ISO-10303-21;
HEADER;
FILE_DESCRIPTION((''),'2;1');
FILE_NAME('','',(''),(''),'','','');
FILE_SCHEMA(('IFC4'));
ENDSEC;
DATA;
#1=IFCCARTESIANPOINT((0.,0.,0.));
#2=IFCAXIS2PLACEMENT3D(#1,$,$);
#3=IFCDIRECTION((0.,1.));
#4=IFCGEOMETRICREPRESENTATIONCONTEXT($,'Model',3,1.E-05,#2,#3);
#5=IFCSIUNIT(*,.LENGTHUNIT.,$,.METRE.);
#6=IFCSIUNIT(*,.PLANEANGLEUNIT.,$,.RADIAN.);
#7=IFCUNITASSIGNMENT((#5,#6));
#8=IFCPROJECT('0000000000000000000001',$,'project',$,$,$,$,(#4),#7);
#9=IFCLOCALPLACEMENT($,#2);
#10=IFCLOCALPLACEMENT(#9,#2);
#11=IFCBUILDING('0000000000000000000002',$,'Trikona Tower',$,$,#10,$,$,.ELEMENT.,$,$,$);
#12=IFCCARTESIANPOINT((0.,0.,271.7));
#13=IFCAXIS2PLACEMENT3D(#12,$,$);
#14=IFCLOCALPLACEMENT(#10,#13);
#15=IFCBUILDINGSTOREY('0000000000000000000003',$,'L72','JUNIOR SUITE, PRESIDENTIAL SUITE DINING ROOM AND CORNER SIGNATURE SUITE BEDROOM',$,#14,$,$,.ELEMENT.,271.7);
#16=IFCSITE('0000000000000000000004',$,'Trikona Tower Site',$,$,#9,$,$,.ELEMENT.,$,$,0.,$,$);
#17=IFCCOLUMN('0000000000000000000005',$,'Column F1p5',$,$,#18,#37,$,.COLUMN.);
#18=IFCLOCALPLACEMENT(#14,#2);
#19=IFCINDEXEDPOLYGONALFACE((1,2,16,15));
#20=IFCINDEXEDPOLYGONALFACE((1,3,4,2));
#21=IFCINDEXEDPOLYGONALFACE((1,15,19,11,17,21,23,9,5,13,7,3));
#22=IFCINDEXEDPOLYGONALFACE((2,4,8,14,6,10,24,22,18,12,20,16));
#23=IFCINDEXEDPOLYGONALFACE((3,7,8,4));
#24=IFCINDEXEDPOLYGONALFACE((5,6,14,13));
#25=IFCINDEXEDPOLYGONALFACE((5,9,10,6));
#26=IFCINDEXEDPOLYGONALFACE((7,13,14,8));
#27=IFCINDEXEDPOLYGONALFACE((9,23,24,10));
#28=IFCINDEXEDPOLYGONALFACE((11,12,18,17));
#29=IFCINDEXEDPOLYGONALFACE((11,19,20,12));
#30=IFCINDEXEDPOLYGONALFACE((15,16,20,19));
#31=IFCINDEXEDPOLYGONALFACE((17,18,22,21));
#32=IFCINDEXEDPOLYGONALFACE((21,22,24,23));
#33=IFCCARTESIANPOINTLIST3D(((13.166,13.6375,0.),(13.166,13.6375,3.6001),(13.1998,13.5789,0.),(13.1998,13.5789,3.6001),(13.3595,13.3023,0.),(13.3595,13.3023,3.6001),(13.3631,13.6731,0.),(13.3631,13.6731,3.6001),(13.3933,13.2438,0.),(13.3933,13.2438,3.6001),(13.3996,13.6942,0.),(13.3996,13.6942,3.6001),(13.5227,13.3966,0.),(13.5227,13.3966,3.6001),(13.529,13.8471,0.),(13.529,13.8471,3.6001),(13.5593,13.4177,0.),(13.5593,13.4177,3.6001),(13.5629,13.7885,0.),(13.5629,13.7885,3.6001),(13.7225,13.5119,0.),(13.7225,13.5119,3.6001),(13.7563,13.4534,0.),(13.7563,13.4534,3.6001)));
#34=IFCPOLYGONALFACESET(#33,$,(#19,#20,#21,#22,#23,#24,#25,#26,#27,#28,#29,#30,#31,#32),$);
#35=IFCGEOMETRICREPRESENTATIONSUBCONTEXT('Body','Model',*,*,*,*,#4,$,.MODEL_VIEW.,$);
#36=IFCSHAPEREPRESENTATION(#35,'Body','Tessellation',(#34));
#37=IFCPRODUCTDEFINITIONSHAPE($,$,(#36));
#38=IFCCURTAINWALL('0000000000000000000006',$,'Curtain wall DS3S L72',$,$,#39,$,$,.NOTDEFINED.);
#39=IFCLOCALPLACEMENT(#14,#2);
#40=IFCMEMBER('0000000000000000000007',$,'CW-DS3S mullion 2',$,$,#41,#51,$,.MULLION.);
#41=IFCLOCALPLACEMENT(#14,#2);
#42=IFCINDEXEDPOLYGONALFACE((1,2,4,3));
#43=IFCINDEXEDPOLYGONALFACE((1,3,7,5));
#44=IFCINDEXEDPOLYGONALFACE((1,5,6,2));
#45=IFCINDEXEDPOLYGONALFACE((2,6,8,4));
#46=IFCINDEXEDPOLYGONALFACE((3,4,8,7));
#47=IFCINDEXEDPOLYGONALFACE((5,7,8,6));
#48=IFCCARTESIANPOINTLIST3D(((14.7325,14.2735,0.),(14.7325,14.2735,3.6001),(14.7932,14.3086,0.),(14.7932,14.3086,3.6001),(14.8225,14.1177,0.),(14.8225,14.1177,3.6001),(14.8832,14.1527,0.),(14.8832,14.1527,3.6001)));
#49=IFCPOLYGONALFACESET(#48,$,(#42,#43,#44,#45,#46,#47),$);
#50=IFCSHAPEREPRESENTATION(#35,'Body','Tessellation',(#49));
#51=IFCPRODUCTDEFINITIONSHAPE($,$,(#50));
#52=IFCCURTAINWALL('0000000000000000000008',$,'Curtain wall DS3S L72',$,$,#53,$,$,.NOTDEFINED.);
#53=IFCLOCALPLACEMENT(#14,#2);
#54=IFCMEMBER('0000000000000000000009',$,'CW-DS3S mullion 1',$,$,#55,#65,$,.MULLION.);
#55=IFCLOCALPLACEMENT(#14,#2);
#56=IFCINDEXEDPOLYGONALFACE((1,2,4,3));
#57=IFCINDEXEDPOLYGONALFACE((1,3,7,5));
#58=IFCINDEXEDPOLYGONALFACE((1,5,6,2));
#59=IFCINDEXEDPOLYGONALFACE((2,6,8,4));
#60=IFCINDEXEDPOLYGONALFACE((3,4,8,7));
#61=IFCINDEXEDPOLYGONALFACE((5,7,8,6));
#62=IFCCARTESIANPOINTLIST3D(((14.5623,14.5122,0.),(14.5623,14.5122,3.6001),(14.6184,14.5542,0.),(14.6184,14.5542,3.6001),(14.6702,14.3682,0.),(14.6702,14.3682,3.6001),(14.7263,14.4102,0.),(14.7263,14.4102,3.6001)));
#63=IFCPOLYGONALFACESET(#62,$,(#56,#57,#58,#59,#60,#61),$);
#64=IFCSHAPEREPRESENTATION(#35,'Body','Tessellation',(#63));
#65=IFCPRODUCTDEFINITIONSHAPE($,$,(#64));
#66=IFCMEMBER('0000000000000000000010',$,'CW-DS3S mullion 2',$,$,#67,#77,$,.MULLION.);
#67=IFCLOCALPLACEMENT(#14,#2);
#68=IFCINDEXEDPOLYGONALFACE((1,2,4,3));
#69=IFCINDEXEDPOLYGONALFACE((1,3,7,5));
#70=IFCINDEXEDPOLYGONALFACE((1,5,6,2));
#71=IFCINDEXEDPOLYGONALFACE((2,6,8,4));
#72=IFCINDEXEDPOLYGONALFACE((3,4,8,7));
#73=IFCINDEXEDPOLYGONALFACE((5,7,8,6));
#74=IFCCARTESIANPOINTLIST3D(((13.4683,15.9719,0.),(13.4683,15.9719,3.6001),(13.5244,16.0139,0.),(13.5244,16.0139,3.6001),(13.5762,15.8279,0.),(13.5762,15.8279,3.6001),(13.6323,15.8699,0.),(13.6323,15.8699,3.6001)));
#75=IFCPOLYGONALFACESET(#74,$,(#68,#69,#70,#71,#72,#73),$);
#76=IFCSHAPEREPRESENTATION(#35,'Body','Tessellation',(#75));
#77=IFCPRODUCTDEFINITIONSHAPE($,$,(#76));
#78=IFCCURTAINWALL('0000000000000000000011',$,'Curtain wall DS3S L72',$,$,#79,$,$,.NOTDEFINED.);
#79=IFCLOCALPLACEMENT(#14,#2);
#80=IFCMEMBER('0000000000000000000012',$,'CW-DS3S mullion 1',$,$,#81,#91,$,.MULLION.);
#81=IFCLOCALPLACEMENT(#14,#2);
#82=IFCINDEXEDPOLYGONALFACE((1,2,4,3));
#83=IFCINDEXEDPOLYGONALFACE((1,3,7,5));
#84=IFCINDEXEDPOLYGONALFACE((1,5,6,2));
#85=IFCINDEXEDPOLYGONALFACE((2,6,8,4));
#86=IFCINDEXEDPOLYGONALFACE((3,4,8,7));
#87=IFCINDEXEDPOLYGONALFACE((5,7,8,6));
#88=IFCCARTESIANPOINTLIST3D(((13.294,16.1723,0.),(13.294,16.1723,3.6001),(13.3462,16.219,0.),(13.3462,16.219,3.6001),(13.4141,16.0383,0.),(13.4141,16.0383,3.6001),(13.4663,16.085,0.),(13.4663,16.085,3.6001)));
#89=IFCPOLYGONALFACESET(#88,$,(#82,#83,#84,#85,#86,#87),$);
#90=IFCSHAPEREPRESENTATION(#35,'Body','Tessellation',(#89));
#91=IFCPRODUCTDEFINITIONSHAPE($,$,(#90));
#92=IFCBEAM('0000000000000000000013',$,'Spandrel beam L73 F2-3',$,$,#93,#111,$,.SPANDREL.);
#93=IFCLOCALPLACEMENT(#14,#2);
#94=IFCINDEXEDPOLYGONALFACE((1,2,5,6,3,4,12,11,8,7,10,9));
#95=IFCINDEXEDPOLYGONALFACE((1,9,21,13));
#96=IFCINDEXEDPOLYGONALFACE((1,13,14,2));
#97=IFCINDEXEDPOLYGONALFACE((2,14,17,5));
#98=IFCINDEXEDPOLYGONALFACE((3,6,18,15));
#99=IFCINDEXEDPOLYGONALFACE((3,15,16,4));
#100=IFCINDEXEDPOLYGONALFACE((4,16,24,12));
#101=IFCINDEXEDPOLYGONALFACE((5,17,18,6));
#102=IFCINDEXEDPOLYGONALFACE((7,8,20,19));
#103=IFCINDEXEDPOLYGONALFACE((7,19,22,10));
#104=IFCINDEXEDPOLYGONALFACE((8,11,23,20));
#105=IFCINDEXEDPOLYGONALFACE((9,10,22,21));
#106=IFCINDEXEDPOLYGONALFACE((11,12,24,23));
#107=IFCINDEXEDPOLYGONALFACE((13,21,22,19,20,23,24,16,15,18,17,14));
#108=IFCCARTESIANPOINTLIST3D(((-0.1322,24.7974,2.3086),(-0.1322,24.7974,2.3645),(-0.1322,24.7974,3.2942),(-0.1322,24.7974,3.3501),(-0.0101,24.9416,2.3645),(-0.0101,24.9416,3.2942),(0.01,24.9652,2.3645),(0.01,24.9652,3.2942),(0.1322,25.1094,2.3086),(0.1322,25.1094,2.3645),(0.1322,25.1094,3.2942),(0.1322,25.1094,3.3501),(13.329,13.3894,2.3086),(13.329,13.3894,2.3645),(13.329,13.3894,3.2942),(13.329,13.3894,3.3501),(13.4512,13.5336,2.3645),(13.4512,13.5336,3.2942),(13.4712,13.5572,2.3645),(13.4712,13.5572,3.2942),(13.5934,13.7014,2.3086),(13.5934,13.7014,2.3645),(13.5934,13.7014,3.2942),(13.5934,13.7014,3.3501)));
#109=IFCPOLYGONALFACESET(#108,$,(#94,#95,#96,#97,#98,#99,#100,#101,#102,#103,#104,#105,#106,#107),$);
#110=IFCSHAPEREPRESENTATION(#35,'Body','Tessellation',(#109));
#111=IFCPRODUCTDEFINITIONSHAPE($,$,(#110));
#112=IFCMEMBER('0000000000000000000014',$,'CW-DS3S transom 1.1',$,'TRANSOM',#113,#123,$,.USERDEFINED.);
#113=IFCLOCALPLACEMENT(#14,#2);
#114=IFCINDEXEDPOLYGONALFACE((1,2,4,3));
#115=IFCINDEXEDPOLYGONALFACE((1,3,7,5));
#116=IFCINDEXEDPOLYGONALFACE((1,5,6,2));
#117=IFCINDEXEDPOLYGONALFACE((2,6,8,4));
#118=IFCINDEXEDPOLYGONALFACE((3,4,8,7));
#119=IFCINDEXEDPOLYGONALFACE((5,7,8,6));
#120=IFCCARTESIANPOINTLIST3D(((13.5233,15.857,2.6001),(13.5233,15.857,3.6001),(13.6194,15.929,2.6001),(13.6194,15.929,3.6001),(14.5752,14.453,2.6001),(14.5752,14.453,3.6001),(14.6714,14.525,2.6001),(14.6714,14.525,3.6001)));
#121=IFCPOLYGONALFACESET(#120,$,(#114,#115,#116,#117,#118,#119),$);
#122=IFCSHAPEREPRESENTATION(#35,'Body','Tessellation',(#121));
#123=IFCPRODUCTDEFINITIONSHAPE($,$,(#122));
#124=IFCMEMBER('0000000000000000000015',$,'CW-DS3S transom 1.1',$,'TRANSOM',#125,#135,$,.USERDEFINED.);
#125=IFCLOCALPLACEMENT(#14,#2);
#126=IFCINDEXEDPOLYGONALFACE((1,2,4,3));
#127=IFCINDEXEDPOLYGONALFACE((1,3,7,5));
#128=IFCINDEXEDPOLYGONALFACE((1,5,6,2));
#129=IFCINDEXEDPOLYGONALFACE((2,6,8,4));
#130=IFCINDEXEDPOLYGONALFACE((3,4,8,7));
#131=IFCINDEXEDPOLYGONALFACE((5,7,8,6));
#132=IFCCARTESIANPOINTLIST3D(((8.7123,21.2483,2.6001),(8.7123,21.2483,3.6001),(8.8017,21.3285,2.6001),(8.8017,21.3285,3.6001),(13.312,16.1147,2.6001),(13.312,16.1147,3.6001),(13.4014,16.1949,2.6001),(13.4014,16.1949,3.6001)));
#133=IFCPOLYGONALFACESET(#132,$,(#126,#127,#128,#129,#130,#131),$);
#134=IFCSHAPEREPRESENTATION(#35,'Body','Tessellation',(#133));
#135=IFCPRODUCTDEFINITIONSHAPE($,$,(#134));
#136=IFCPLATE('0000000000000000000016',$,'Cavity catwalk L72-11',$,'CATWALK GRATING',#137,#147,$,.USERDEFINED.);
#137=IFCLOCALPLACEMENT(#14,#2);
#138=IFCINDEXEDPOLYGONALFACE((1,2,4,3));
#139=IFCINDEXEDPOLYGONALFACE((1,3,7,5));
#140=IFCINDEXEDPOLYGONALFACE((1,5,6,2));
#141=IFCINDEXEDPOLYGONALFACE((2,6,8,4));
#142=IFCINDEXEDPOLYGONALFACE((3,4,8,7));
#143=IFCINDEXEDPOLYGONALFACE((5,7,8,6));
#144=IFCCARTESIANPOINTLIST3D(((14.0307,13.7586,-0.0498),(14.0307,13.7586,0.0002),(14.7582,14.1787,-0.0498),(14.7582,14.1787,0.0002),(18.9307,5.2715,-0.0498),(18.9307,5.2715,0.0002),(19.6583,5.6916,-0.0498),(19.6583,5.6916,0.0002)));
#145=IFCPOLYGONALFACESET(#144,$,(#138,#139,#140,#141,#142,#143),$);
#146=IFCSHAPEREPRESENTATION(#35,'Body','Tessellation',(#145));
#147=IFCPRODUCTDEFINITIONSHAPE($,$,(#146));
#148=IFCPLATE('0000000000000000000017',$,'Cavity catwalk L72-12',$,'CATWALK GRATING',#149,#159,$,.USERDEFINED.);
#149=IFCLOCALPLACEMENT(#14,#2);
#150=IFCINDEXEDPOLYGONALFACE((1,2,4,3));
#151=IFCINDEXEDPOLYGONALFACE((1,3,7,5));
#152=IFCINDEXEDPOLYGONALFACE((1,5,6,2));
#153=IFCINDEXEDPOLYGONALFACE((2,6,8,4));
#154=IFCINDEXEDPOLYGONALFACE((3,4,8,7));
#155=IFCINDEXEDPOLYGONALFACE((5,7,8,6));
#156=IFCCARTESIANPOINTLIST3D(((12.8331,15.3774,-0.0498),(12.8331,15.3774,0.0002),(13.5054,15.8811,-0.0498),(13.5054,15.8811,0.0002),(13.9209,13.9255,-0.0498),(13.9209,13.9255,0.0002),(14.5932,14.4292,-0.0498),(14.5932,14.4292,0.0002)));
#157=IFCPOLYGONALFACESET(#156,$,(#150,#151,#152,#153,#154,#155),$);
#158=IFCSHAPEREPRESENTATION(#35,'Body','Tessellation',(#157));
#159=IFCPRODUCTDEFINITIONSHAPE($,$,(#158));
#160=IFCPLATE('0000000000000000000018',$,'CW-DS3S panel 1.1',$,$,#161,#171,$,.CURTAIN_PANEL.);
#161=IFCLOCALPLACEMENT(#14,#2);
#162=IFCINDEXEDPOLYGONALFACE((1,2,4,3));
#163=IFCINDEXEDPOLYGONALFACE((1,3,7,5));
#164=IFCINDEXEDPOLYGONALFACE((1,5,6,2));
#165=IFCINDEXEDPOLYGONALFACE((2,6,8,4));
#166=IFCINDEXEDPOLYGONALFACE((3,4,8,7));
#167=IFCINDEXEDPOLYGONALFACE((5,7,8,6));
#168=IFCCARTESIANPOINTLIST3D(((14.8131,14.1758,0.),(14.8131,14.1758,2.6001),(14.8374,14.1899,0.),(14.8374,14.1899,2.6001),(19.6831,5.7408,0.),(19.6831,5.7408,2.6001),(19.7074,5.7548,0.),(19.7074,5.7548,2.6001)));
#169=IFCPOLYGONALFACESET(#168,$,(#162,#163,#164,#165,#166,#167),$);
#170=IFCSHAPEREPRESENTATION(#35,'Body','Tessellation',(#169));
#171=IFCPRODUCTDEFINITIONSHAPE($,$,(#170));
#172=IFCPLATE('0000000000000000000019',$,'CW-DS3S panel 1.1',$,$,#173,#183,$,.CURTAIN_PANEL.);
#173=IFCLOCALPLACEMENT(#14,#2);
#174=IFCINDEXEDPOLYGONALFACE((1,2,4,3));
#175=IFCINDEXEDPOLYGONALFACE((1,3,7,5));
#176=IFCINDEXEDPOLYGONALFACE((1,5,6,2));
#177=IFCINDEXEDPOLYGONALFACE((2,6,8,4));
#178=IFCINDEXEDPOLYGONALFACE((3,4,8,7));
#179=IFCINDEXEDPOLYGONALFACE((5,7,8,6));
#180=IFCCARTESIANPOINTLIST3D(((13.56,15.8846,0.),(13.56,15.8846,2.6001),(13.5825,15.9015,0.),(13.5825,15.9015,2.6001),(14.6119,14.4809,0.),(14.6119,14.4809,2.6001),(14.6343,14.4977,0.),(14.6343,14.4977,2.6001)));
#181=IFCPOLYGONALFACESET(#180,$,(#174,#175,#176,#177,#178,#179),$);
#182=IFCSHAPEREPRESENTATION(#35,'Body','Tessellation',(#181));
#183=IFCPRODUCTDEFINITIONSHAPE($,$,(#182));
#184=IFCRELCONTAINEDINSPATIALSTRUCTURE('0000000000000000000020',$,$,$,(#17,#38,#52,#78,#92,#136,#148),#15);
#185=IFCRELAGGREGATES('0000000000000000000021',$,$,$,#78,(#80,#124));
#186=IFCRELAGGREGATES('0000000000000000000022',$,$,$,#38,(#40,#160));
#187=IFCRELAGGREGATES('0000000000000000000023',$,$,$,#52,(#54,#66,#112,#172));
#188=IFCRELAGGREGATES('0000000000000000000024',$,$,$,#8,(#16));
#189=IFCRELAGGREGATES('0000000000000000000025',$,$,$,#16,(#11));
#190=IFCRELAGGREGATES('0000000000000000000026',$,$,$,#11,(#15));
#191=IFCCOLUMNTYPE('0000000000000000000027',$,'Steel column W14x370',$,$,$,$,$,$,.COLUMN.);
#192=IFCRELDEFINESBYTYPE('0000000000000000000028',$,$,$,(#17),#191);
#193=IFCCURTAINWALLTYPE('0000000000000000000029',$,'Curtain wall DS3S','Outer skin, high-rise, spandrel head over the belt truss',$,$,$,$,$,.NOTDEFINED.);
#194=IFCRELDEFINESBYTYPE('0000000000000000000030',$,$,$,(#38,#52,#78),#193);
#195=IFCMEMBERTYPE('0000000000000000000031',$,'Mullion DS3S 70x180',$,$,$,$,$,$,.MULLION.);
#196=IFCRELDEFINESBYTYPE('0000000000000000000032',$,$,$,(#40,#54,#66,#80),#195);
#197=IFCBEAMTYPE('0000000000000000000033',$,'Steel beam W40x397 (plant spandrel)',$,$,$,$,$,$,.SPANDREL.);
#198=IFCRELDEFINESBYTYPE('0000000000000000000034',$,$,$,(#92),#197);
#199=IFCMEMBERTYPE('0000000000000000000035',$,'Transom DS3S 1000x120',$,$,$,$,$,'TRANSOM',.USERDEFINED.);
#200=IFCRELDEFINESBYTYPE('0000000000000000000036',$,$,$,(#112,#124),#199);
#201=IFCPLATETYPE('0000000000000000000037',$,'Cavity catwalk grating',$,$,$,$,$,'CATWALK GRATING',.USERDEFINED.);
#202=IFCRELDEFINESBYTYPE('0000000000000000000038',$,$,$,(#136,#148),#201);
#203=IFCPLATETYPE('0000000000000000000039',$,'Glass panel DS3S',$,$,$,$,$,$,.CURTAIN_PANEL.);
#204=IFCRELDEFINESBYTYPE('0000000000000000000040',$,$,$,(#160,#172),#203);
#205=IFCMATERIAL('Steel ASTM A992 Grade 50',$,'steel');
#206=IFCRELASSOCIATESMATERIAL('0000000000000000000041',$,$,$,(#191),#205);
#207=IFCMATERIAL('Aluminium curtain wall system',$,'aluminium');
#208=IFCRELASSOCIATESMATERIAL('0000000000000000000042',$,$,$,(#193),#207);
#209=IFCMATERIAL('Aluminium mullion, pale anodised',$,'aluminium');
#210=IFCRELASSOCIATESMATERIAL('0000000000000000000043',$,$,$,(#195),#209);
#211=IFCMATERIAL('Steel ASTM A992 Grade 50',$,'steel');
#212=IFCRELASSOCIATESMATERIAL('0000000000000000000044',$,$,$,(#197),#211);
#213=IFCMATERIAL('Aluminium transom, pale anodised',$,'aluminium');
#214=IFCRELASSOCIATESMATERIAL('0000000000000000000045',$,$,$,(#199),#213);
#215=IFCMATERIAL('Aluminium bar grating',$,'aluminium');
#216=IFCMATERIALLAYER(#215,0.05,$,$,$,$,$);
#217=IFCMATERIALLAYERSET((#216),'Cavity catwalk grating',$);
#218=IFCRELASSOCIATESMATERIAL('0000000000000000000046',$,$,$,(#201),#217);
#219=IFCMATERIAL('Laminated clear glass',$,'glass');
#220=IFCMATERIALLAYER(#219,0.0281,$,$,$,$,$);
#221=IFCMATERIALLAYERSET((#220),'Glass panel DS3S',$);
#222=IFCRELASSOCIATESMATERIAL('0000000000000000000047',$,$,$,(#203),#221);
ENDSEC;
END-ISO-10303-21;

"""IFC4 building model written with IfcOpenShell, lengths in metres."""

from ifc_helpers import new_model, si_unit, direction, frame, origin, origin_2d, place, context, subcontext, project, spatial, rectangle, i_section, extrude, material, layer, layer_set, material_profile, profile_set, type_object, element, aggregate, save


model = new_model("IFC4")

# Units and contexts
model_context = context("Model", 3, precision=1e-05, world=origin(), true_north=direction((0.0, 1.0)))
body_context = subcontext(model_context, "Body", "Model", "MODEL_VIEW")
ifc_project = project(units=[si_unit("LENGTHUNIT", "METRE"), si_unit("PLANEANGLEUNIT", "RADIAN")], contexts=[model_context])

# Site, building, storey
site_placement = place(None, origin())
site = spatial("IfcSite", under=ifc_project, at=site_placement, Name="Trikona Tower Site", CompositionType="ELEMENT", RefElevation=0.0)
building_placement = place(site_placement, origin())
building = spatial("IfcBuilding", under=site, at=building_placement, Name="Trikona Tower", CompositionType="ELEMENT")
storey_placement = place(building_placement, frame((0.0, 0.0, 271.7)))
storey = spatial("IfcBuildingStorey", under=building, at=storey_placement, Name="L72", Description="JUNIOR SUITE, PRESIDENTIAL SUITE DINING ROOM AND CORNER SIGNATURE SUITE BEDROOM", CompositionType="ELEMENT", Elevation=271.7)

# Column
ifc_material_1 = material(Name="Steel ASTM A992 Grade 50", Category="steel")
ifc_material_profile_1 = material_profile(ifc_material_1, i_section(OverallWidth=0.4192, OverallDepth=0.4546, WebThickness=0.0422, FlangeThickness=0.0676, at=origin_2d()), Name="W14X370")
ifc_profile_set_1 = profile_set([ifc_material_profile_1], Name="Steel ASTM A992 Grade 50")
column_type = type_object("IfcColumnType", Name="Steel column W14x370", PredefinedType="COLUMN", material=ifc_profile_set_1)
column_placement = place(storey_placement, frame((13.4612, 13.5454, 0.0), z_axis=(0.0, 0.0, 1.0), x_axis=(0.866025, 0.5, 0.0)))
element("IfcColumn", 1, at=column_placement, inside=storey, type_object=column_type, Name="Column F1p5", PredefinedType="COLUMN", context=body_context, shape_type="SweptSolid", body=[
    extrude(i_section(OverallWidth=0.4192, OverallDepth=0.4546, WebThickness=0.0422, FlangeThickness=0.0676, at=origin_2d()), origin(), (0.0, 0.0, 1.0), 3.6001),
])

# Curtain wall, member
ifc_material_2 = material(Name="Aluminium curtain wall system", Category="aluminium")
curtain_wall_type = type_object("IfcCurtainWallType", Name="Curtain wall DS3S", Description="Outer skin, high-rise, spandrel head over the belt truss", PredefinedType="NOTDEFINED", material=ifc_material_2)
curtain_wall_1_placement = place(storey_placement, origin())
curtain_wall_1 = element("IfcCurtainWall", 2, at=curtain_wall_1_placement, inside=storey, type_object=curtain_wall_type, Name="Curtain wall DS3S L72", PredefinedType="NOTDEFINED")
ifc_material_3 = material(Name="Aluminium mullion, pale anodised", Category="aluminium")
ifc_material_profile_2 = material_profile(ifc_material_3, rectangle(XDim=0.0701, YDim=0.1799, at=origin_2d()), Name="MUL-DS3S")
ifc_profile_set_2 = profile_set([ifc_material_profile_2], Name="Aluminium mullion, pale anodised")
member_type_1 = type_object("IfcMemberType", Name="Mullion DS3S 70x180", PredefinedType="MULLION", material=ifc_profile_set_2)
member_1_placement = place(storey_placement, frame((14.8079, 14.2131, 0.0), z_axis=(0.0, 0.0, 1.0), x_axis=(-0.866025, -0.500001, 0.0)))
member_1 = element("IfcMember", 3, at=member_1_placement, type_object=member_type_1, Name="CW-DS3S mullion 2", PredefinedType="MULLION", context=body_context, shape_type="SweptSolid", body=[
    extrude(rectangle(XDim=0.0701, YDim=0.1799, at=origin_2d()), origin(), (0.0, 0.0, 1.0), 3.6001),
])

# Curtain wall, members
curtain_wall_2_placement = place(storey_placement, origin())
curtain_wall_2 = element("IfcCurtainWall", 4, at=curtain_wall_2_placement, inside=storey, type_object=curtain_wall_type, Name="Curtain wall DS3S L72", PredefinedType="NOTDEFINED")
member_2_placement = place(storey_placement, frame((14.6443, 14.4612, 0.0), z_axis=(0.0, 0.0, 1.0), x_axis=(-0.80026, -0.599654, 0.0)))
member_2 = element("IfcMember", 5, at=member_2_placement, type_object=member_type_1, Name="CW-DS3S mullion 1", PredefinedType="MULLION", context=body_context, shape_type="SweptSolid", body=[
    extrude(rectangle(XDim=0.0701, YDim=0.1799, at=origin_2d()), origin(), (0.0, 0.0, 1.0), 3.6001),
])
member_3_placement = place(storey_placement, frame((13.5503, 15.9209, 0.0), z_axis=(0.0, 0.0, 1.0), x_axis=(-0.80026, -0.599654, 0.0)))
member_3 = element("IfcMember", 6, at=member_3_placement, type_object=member_type_1, Name="CW-DS3S mullion 2", PredefinedType="MULLION", context=body_context, shape_type="SweptSolid", body=[
    extrude(rectangle(XDim=0.0701, YDim=0.1799, at=origin_2d()), origin(), (0.0, 0.0, 1.0), 3.6001),
])

# Curtain wall, member
curtain_wall_3_placement = place(storey_placement, origin())
curtain_wall_3 = element("IfcCurtainWall", 7, at=curtain_wall_3_placement, inside=storey, type_object=curtain_wall_type, Name="Curtain wall DS3S L72", PredefinedType="NOTDEFINED")
member_4_placement = place(storey_placement, frame((13.3801, 16.1287, 0.0), z_axis=(0.0, 0.0, 1.0), x_axis=(-0.744771, -0.66732, 0.0)))
member_4 = element("IfcMember", 8, at=member_4_placement, type_object=member_type_1, Name="CW-DS3S mullion 1", PredefinedType="MULLION", context=body_context, shape_type="SweptSolid", body=[
    extrude(rectangle(XDim=0.0701, YDim=0.1799, at=origin_2d()), origin(), (0.0, 0.0, 1.0), 3.6001),
])

# Beam
ifc_material_4 = material(Name="Steel ASTM A992 Grade 50", Category="steel")
ifc_material_profile_3 = material_profile(ifc_material_4, i_section(OverallWidth=0.4089, OverallDepth=1.0415, WebThickness=0.031, FlangeThickness=0.0559, at=origin_2d()), Name="W40X397")
ifc_profile_set_3 = profile_set([ifc_material_profile_3], Name="Steel ASTM A992 Grade 50")
beam_type = type_object("IfcBeamType", Name="Steel beam W40x397 (plant spandrel)", PredefinedType="SPANDREL", material=ifc_profile_set_3)
beam_placement = place(storey_placement, frame((13.4612, 13.5454, 2.8293), z_axis=(-0.762891, 0.646528, 0.0), x_axis=(-0.646528, -0.762891, 0.0)))
element("IfcBeam", 9, at=beam_placement, inside=storey, type_object=beam_type, Name="Spandrel beam L73 F2-3", PredefinedType="SPANDREL", context=body_context, shape_type="SweptSolid", body=[
    extrude(i_section(OverallWidth=0.4089, OverallDepth=1.0415, WebThickness=0.031, FlangeThickness=0.0559, at=origin_2d()), origin(), (0.0, 0.0, 1.0), 17.645),
])

# Members
ifc_material_5 = material(Name="Aluminium transom, pale anodised", Category="aluminium")
ifc_material_profile_4 = material_profile(ifc_material_5, rectangle(XDim=0.1201, YDim=1.0, at=origin_2d()), Name="TRN-DS3S")
ifc_profile_set_4 = profile_set([ifc_material_profile_4], Name="Aluminium transom, pale anodised")
member_type_2 = type_object("IfcMemberType", Name="Transom DS3S 1000x120", ElementType="TRANSOM", PredefinedType="USERDEFINED", material=ifc_profile_set_4)
member_5_placement = place(storey_placement, frame((14.6233, 14.489, 3.1001), z_axis=(-0.599621, 0.800284, 0.0), x_axis=(-0.800284, -0.599621, 0.0)))
member_5 = element("IfcMember", 10, at=member_5_placement, type_object=member_type_2, Name="CW-DS3S transom 1.1", ObjectType="TRANSOM", PredefinedType="USERDEFINED", context=body_context, shape_type="SweptSolid", body=[
    extrude(rectangle(XDim=0.1201, YDim=1.0, at=origin_2d()), origin(), (0.0, 0.0, 1.0), 1.7544),
])
member_6_placement = place(storey_placement, frame((13.3567, 16.1548, 3.1001), z_axis=(-0.667313, 0.744777, 0.0), x_axis=(-0.744777, -0.667313, 0.0)))
member_6 = element("IfcMember", 11, at=member_6_placement, type_object=member_type_2, Name="CW-DS3S transom 1.1", ObjectType="TRANSOM", PredefinedType="USERDEFINED", context=body_context, shape_type="SweptSolid", body=[
    extrude(rectangle(XDim=0.1201, YDim=1.0, at=origin_2d()), origin(), (0.0, 0.0, 1.0), 6.8928),
])
aggregate(curtain_wall_3, [member_4, member_6])

# Plates
ifc_material_6 = material(Name="Aluminium bar grating", Category="aluminium")
ifc_layer_1 = layer(ifc_material_6, 0.05)
ifc_layer_set_1 = layer_set([ifc_layer_1], Name="Cavity catwalk grating")
plate_type_1 = type_object("IfcPlateType", Name="Cavity catwalk grating", ElementType="CATWALK GRATING", PredefinedType="USERDEFINED", material=ifc_layer_set_1)
plate_1_placement = place(storey_placement, frame((16.8445, 9.7251, -0.0498), z_axis=(0.0, 0.0, 1.0), x_axis=(-0.499998, 0.866026, 0.0)))
element("IfcPlate", 12, at=plate_1_placement, inside=storey, type_object=plate_type_1, Name="Cavity catwalk L72-11", ObjectType="CATWALK GRATING", PredefinedType="USERDEFINED", context=body_context, shape_type="SweptSolid", body=[
    extrude(rectangle(XDim=9.8, YDim=0.8401, at=origin_2d()), origin(), (0.0, 0.0, 1.0), 0.05),
])
plate_2_placement = place(storey_placement, frame((13.7131, 14.9033, -0.0498), z_axis=(0.0, 0.0, 1.0), x_axis=(-0.599619, 0.800286, 0.0)))
element("IfcPlate", 13, at=plate_2_placement, inside=storey, type_object=plate_type_1, Name="Cavity catwalk L72-12", ObjectType="CATWALK GRATING", PredefinedType="USERDEFINED", context=body_context, shape_type="SweptSolid", body=[
    extrude(rectangle(XDim=1.8142, YDim=0.8401, at=origin_2d()), origin(), (0.0, 0.0, 1.0), 0.05),
])

# Plates
ifc_material_7 = material(Name="Laminated clear glass", Category="glass")
ifc_layer_2 = layer(ifc_material_7, 0.0281)
ifc_layer_set_2 = layer_set([ifc_layer_2], Name="Glass panel DS3S")
plate_type_2 = type_object("IfcPlateType", Name="Glass panel DS3S", PredefinedType="CURTAIN_PANEL", material=ifc_layer_set_2)
plate_3_placement = place(storey_placement, frame((17.2603, 9.9653, 0.0), z_axis=(0.0, 0.0, 1.0), x_axis=(-0.500001, 0.866025, 0.0)))
plate_3 = element("IfcPlate", 14, at=plate_3_placement, type_object=plate_type_2, Name="CW-DS3S panel 1.1", PredefinedType="CURTAIN_PANEL", context=body_context, shape_type="SweptSolid", body=[
    extrude(rectangle(XDim=9.74, YDim=0.0281, at=origin_2d()), origin(), (0.0, 0.0, 1.0), 2.6001),
])
aggregate(curtain_wall_1, [member_1, plate_3])
plate_4_placement = place(storey_placement, frame((14.0972, 15.1912, 0.0), z_axis=(0.0, 0.0, 1.0), x_axis=(-0.599654, 0.80026, 0.0)))
plate_4 = element("IfcPlate", 15, at=plate_4_placement, type_object=plate_type_2, Name="CW-DS3S panel 1.1", PredefinedType="CURTAIN_PANEL", context=body_context, shape_type="SweptSolid", body=[
    extrude(rectangle(XDim=1.7542, YDim=0.0281, at=origin_2d()), origin(), (0.0, 0.0, 1.0), 2.6001),
])
aggregate(curtain_wall_2, [member_2, member_3, member_5, plate_4])

save(model, "model.ifc")
